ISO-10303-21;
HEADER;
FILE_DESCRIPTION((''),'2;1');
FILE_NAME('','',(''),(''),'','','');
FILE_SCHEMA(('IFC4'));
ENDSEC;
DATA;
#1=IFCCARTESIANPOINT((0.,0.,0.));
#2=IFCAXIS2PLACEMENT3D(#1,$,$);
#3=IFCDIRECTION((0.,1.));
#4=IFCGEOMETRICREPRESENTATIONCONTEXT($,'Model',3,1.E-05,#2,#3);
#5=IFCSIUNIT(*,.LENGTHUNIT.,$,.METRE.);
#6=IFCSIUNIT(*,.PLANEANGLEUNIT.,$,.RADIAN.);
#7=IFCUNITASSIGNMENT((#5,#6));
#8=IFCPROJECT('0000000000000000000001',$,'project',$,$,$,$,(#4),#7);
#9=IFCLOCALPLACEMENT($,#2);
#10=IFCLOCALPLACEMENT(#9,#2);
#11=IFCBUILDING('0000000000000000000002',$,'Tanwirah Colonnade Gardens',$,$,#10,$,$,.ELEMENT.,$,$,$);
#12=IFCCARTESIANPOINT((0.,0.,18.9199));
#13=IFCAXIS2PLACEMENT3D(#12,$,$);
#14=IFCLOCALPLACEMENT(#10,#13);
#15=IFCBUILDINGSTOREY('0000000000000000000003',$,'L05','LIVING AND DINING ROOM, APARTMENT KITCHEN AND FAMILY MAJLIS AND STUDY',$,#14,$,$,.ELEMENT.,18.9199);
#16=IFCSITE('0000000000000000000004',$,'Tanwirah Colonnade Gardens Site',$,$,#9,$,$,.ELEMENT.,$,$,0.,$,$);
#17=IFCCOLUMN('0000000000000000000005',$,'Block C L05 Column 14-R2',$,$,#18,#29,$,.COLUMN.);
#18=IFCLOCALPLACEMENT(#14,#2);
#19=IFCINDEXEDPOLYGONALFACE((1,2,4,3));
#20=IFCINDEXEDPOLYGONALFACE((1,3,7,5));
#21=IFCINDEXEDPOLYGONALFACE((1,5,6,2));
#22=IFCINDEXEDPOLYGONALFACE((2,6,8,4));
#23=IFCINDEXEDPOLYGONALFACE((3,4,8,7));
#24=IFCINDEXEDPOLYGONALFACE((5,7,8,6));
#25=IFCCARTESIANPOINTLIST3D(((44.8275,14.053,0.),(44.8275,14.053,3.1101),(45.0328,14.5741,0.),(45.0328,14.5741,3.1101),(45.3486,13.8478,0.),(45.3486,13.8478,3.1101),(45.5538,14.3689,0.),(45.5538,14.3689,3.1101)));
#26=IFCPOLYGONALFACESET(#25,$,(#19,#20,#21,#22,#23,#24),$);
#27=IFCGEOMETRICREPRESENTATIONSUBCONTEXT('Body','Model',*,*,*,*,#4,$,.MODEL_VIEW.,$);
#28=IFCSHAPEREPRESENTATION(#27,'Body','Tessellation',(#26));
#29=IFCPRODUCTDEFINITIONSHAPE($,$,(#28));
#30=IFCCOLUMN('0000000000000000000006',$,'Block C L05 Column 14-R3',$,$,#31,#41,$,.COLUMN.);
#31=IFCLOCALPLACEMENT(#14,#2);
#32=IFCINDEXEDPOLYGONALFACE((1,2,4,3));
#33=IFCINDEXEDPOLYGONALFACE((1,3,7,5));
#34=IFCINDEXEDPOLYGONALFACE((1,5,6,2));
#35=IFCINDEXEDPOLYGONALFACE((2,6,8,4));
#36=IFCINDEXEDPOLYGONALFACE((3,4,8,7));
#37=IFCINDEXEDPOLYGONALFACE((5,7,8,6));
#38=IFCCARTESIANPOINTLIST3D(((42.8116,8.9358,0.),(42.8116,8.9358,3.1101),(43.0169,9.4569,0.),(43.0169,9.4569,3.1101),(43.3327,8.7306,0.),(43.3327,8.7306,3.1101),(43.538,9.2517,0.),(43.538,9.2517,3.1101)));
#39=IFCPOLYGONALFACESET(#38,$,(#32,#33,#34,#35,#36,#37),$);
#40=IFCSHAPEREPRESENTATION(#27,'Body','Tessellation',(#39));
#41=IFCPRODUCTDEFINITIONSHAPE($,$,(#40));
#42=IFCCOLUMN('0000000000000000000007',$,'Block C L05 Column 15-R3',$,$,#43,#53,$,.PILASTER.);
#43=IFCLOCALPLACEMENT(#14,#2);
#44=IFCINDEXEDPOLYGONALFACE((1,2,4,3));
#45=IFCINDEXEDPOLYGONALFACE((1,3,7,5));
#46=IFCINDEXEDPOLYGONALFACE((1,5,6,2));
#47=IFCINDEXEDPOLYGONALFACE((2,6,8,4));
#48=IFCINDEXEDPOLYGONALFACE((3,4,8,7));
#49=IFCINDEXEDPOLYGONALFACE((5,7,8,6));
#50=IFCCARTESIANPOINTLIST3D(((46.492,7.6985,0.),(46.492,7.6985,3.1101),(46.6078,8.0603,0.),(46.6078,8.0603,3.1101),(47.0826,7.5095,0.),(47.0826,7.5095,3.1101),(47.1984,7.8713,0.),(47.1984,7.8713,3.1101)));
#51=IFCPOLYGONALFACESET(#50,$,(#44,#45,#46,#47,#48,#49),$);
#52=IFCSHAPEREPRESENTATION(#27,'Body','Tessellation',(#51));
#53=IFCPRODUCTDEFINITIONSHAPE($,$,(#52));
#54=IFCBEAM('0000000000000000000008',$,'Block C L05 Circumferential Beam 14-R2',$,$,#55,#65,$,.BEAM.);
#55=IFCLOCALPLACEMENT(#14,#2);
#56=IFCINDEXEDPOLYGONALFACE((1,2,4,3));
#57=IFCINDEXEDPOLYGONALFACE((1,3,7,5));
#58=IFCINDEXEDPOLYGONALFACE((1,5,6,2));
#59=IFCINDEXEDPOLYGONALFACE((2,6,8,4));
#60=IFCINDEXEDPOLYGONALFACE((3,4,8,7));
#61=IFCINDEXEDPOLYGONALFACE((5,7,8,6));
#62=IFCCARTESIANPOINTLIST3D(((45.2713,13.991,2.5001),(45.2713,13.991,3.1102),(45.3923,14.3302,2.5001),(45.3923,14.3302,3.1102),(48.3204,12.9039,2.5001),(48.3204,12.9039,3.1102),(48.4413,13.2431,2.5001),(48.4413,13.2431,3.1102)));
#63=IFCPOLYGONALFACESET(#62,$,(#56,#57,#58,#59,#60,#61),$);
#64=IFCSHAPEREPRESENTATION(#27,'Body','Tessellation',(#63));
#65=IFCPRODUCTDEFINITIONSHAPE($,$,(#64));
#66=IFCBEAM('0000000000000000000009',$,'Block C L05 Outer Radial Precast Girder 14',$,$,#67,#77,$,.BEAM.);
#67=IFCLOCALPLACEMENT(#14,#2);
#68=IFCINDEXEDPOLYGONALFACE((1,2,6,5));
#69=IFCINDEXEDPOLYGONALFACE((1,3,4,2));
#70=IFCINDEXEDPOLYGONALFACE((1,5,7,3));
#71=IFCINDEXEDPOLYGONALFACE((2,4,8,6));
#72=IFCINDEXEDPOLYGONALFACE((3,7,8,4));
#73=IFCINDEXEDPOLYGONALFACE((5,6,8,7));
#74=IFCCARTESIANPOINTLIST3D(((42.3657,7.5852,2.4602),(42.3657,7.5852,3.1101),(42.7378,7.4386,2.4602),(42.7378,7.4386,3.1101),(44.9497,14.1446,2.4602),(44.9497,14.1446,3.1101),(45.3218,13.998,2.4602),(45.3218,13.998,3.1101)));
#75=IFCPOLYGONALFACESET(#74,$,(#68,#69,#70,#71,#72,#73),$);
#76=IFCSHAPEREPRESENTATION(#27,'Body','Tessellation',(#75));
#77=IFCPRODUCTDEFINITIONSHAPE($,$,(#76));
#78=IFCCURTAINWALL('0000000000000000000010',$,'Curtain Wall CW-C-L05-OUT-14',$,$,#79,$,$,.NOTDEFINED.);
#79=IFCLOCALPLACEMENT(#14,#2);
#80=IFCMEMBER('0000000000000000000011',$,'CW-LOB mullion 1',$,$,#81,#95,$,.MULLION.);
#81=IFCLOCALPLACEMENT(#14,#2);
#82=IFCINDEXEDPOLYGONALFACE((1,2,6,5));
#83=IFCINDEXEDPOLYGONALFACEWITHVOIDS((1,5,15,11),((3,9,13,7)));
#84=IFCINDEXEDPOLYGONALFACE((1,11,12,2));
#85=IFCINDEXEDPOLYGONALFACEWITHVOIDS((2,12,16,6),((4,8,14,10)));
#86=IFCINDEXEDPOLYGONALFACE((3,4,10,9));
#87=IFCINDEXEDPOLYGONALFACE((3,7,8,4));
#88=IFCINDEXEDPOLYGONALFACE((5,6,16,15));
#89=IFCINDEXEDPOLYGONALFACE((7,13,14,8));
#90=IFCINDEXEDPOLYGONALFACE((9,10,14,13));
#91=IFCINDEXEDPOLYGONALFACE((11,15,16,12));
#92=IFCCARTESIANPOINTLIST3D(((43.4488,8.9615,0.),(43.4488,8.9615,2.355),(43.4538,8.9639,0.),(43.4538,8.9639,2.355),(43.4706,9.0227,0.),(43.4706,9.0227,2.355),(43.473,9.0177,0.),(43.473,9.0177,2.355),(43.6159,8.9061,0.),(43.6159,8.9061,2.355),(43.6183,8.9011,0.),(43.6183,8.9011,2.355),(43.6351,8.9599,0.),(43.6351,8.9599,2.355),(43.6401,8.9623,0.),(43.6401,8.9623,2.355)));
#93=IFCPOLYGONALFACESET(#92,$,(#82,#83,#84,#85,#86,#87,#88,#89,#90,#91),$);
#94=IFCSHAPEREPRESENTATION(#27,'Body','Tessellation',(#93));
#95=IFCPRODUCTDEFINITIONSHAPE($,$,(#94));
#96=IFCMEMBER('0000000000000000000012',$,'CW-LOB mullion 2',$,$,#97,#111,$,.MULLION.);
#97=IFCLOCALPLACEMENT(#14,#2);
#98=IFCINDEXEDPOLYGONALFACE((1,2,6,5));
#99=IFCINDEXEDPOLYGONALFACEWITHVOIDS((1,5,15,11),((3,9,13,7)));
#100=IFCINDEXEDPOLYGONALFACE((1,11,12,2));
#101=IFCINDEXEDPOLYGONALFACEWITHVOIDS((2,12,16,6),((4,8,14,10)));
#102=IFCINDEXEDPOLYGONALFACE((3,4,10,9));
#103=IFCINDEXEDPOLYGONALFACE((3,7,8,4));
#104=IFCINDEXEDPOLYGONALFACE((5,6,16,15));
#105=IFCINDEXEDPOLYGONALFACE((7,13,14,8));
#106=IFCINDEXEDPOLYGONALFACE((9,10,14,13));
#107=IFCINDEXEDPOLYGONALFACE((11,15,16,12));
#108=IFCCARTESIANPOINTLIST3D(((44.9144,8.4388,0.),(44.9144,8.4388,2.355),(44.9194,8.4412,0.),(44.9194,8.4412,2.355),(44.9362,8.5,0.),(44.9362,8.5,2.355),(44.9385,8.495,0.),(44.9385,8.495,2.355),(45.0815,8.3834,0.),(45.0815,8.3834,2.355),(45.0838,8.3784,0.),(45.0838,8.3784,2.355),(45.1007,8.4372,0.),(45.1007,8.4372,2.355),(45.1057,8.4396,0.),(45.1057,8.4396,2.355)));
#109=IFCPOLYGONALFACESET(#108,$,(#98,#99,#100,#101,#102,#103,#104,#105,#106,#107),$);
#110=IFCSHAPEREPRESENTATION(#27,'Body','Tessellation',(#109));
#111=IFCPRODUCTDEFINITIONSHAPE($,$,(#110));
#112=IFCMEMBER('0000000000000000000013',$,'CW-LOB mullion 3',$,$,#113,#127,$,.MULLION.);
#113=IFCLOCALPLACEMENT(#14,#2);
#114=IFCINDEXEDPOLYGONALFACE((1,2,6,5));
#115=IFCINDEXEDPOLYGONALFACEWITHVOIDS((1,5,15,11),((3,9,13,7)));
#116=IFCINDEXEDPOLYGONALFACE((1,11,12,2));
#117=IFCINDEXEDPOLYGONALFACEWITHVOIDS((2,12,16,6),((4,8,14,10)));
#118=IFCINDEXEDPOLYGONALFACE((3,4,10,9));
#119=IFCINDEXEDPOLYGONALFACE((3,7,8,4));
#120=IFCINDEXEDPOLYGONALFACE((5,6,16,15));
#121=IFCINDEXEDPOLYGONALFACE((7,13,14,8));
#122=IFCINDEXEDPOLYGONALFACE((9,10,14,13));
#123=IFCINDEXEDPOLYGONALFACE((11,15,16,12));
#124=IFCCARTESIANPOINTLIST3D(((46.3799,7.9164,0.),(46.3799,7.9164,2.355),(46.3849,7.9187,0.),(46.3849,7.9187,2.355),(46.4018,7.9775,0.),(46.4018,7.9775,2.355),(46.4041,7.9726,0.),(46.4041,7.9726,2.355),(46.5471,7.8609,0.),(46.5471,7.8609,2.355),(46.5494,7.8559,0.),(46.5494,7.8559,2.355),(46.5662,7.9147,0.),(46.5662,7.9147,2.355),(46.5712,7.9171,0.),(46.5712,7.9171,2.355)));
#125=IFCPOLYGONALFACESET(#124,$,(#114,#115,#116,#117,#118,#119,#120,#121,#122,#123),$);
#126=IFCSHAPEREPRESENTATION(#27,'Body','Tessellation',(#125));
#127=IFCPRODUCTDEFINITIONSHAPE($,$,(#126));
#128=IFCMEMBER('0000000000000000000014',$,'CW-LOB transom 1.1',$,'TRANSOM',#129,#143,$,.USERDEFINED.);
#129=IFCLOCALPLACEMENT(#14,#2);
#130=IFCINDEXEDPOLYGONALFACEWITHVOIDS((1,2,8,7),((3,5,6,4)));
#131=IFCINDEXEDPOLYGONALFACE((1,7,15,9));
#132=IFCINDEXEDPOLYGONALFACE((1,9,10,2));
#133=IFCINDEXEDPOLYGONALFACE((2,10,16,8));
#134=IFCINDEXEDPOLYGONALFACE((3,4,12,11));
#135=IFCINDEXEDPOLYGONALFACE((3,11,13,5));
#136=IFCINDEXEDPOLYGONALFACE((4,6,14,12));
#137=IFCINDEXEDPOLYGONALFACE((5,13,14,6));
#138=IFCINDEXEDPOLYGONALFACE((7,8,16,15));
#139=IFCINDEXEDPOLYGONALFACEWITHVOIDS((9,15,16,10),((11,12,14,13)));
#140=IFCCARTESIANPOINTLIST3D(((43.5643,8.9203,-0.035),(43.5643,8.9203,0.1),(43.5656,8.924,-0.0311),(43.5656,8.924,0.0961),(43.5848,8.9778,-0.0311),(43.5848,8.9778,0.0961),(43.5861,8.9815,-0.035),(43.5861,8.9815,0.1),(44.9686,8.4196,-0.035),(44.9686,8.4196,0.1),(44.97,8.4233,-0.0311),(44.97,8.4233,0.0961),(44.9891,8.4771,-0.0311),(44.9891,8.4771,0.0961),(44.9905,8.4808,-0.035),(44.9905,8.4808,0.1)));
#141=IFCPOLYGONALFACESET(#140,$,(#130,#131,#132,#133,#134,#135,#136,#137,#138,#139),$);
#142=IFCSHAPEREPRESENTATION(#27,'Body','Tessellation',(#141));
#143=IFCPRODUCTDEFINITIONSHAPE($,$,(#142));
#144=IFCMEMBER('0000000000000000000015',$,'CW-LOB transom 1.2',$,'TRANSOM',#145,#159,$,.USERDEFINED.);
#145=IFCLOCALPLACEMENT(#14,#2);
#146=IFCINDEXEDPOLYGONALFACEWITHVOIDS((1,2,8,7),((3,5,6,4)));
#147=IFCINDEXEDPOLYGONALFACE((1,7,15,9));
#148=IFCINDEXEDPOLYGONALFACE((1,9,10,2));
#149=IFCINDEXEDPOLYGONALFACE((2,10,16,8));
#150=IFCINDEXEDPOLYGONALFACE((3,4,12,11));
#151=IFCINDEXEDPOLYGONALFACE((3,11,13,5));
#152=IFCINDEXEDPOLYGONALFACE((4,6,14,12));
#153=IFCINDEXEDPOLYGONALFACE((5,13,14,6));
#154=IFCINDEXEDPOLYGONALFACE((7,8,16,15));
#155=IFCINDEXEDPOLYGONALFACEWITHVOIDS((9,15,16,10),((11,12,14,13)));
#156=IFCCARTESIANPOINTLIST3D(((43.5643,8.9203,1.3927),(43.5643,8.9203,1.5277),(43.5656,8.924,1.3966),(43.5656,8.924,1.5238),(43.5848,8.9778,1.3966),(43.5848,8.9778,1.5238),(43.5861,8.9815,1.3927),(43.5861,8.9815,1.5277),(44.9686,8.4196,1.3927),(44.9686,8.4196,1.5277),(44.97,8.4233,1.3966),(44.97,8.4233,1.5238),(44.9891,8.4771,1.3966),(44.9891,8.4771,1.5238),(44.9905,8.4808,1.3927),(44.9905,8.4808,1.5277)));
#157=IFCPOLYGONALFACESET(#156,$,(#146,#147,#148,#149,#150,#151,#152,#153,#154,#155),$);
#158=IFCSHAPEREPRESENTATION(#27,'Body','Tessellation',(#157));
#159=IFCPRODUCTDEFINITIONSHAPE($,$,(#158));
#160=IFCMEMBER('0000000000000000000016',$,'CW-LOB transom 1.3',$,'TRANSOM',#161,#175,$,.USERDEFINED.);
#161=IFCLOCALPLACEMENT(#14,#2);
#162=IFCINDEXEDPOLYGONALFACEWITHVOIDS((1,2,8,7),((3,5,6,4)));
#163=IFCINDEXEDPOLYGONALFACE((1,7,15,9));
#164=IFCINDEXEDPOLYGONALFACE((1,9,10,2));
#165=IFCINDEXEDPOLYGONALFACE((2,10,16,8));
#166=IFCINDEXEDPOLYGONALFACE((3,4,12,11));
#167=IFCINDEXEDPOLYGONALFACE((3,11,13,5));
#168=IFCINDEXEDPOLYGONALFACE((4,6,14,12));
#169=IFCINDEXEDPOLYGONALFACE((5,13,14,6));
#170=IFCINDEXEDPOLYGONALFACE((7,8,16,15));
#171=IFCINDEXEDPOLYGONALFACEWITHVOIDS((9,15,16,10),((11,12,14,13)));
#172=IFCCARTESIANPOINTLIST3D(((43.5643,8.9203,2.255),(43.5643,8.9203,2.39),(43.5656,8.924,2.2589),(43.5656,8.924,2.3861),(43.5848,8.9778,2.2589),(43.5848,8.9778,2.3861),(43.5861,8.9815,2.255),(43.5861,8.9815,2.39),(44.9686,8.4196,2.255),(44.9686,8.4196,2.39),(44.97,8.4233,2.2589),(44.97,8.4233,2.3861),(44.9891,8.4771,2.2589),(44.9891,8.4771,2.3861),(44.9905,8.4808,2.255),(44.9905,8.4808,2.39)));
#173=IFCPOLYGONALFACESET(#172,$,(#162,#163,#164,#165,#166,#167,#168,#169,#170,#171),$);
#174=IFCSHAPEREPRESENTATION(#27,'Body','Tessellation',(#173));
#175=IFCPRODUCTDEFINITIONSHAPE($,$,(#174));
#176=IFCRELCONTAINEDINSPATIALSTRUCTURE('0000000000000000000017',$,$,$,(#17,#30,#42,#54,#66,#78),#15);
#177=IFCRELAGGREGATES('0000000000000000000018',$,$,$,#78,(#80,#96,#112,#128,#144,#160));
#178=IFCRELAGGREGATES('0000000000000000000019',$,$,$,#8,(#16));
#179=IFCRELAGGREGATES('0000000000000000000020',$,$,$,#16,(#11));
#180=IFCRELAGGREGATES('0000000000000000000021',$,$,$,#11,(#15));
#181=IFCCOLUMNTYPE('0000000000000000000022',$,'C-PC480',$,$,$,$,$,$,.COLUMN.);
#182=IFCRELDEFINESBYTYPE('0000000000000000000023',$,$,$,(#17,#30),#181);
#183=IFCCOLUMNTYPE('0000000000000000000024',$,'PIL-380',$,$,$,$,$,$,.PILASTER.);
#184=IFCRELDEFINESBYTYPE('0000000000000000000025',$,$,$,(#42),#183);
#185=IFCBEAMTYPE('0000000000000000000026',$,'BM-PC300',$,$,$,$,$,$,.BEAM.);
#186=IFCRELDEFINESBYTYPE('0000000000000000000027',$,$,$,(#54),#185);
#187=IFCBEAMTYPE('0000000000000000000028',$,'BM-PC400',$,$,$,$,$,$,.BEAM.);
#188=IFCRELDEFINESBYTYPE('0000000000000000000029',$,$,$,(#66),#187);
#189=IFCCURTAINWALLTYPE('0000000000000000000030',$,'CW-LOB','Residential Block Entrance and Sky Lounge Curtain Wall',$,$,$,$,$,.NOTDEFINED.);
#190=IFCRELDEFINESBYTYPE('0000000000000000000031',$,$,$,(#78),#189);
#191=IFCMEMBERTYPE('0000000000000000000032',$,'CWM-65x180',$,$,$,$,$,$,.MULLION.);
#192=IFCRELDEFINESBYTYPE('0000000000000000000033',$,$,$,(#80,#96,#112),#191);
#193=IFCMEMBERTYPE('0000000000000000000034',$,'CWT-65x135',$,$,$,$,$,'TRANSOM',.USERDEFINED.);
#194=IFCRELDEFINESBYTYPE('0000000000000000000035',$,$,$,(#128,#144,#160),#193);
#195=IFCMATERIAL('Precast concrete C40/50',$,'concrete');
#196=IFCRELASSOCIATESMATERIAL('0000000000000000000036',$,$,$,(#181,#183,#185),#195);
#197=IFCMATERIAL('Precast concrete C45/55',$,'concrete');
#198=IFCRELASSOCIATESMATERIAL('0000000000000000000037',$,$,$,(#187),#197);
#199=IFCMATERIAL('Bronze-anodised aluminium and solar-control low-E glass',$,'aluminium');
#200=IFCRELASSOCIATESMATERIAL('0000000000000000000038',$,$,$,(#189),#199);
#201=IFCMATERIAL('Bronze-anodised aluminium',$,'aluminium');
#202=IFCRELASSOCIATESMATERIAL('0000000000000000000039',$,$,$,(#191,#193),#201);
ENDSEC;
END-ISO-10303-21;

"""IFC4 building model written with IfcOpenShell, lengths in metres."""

from ifc_helpers import new_model, si_unit, direction, frame, origin, origin_2d, place, context, subcontext, project, spatial, rectangle, hollow_rectangle, extrude, material, material_profile, profile_set, type_object, element, aggregate, save


model = new_model("IFC4")

# Units and contexts
model_context = context("Model", 3, precision=1e-05, world=origin(), true_north=direction((0.0, 1.0)))
body_context = subcontext(model_context, "Body", "Model", "MODEL_VIEW")
ifc_project = project(units=[si_unit("LENGTHUNIT", "METRE"), si_unit("PLANEANGLEUNIT", "RADIAN")], contexts=[model_context])

# Site, building, storey
site_placement = place(None, origin())
site = spatial("IfcSite", under=ifc_project, at=site_placement, Name="Tanwirah Colonnade Gardens Site", CompositionType="ELEMENT", RefElevation=0.0)
building_placement = place(site_placement, origin())
building = spatial("IfcBuilding", under=site, at=building_placement, Name="Tanwirah Colonnade Gardens", CompositionType="ELEMENT")
storey_placement = place(building_placement, frame((0.0, 0.0, 18.9199)))
storey = spatial("IfcBuildingStorey", under=building, at=storey_placement, Name="L05", Description="LIVING AND DINING ROOM, APARTMENT KITCHEN AND FAMILY MAJLIS AND STUDY", CompositionType="ELEMENT", Elevation=18.9199)

# Columns
ifc_material_1 = material(Name="Precast concrete C40/50", Category="concrete")
ifc_material_profile_1 = material_profile(ifc_material_1, rectangle(XDim=0.5601, YDim=0.5601, at=origin_2d()), Name="PC-COL 560x560")
ifc_profile_set_1 = profile_set([ifc_material_profile_1], Name="Precast concrete C40/50")
column_type_1 = type_object("IfcColumnType", Name="C-PC480", PredefinedType="COLUMN", material=ifc_profile_set_1)
for number, where, z_axis, x_axis, name in (
    (1, (45.1907, 14.2109, 0.0), (0.0, 0.0, 1.0), (-0.366501, -0.930418, 0.0), "Block C L05 Column 14-R2"),
    (2, (43.1748, 9.0938, 0.0), (0.0, 0.0, 1.0), (-0.366501, -0.930418, 0.0), "Block C L05 Column 14-R3"),
):
    element("IfcColumn", number, at=place(storey_placement, frame(where, z_axis=z_axis, x_axis=x_axis)), inside=storey, type_object=column_type_1, Name=name, PredefinedType="COLUMN", context=body_context, shape_type="SweptSolid", body=[
        extrude(rectangle(XDim=0.5601, YDim=0.5601, at=origin_2d()), origin(), (0.0, 0.0, 1.0), 3.1101),
    ])
ifc_material_profile_2 = material_profile(ifc_material_1, rectangle(XDim=0.3799, YDim=0.6201, at=origin_2d()), Name="PC-PIL 380x620")
ifc_profile_set_2 = profile_set([ifc_material_profile_2], Name="Precast concrete C40/50")
column_type_2 = type_object("IfcColumnType", Name="PIL-380", PredefinedType="PILASTER", material=ifc_profile_set_2)
column_placement = place(storey_placement, frame((46.8452, 7.7849, 0.0), z_axis=(0.0, 0.0, 1.0), x_axis=(-0.304864, -0.952396, 0.0)))
element("IfcColumn", 3, at=column_placement, inside=storey, type_object=column_type_2, Name="Block C L05 Column 15-R3", PredefinedType="PILASTER", context=body_context, shape_type="SweptSolid", body=[
    extrude(rectangle(XDim=0.3799, YDim=0.6201, at=origin_2d()), origin(), (0.0, 0.0, 1.0), 3.1101),
])

# Beams
ifc_material_profile_3 = material_profile(ifc_material_1, rectangle(XDim=0.3601, YDim=0.6101, at=origin_2d()), Name="PC-BM 360x610")
ifc_profile_set_3 = profile_set([ifc_material_profile_3], Name="Precast concrete C40/50")
beam_type_1 = type_object("IfcBeamType", Name="BM-PC300", PredefinedType="BEAM", material=ifc_profile_set_3)
beam_1_placement = place(storey_placement, frame((45.3318, 14.1606, 2.8052), z_axis=(0.941918, -0.335844, 0.0), x_axis=(0.335844, 0.941918, 0.0)))
element("IfcBeam", 4, at=beam_1_placement, inside=storey, type_object=beam_type_1, Name="Block C L05 Circumferential Beam 14-R2", PredefinedType="BEAM", context=body_context, shape_type="SweptSolid", body=[
    extrude(rectangle(XDim=0.3601, YDim=0.6101, at=origin_2d()), origin(), (0.0, 0.0, 1.0), 3.2371),
])
ifc_material_2 = material(Name="Precast concrete C45/55", Category="concrete")
ifc_material_profile_4 = material_profile(ifc_material_2, rectangle(XDim=0.3999, YDim=0.6499, at=origin_2d()), Name="PC-BM 400x650")
ifc_profile_set_4 = profile_set([ifc_material_profile_4], Name="Precast concrete C45/55")
beam_type_2 = type_object("IfcBeamType", Name="BM-PC400", PredefinedType="BEAM", material=ifc_profile_set_4)
beam_2_placement = place(storey_placement, frame((45.1357, 14.0713, 2.7852), z_axis=(-0.366525, -0.930408, 0.0), x_axis=(0.930408, -0.366525, 0.0)))
element("IfcBeam", 5, at=beam_2_placement, inside=storey, type_object=beam_type_2, Name="Block C L05 Outer Radial Precast Girder 14", PredefinedType="BEAM", context=body_context, shape_type="SweptSolid", body=[
    extrude(rectangle(XDim=0.3999, YDim=0.6499, at=origin_2d()), origin(), (0.0, 0.0, 1.0), 7.05),
])

# Curtain wall, members
ifc_material_3 = material(Name="Bronze-anodised aluminium and solar-control low-E glass", Category="aluminium")
curtain_wall_type = type_object("IfcCurtainWallType", Name="CW-LOB", Description="Residential Block Entrance and Sky Lounge Curtain Wall", PredefinedType="NOTDEFINED", material=ifc_material_3)
curtain_wall_placement = place(storey_placement, origin())
curtain_wall = element("IfcCurtainWall", 6, at=curtain_wall_placement, inside=storey, type_object=curtain_wall_type, Name="Curtain Wall CW-C-L05-OUT-14", PredefinedType="NOTDEFINED")
ifc_material_4 = material(Name="Bronze-anodised aluminium", Category="aluminium")
ifc_material_profile_5 = material_profile(ifc_material_4, hollow_rectangle(XDim=0.0649, YDim=0.1799, WallThickness=0.0039, at=origin_2d()), Name="CW-MUL 65x180x4")
ifc_profile_set_5 = profile_set([ifc_material_profile_5], Name="Bronze-anodised aluminium")
member_type_1 = type_object("IfcMemberType", Name="CWM-65x180", PredefinedType="MULLION", material=ifc_profile_set_5)
member_1_placement = place(storey_placement, frame((43.5444, 8.9619, 0.0), z_axis=(0.0, 0.0, 1.0), x_axis=(0.335862, 0.941911, 0.0)))
member_1 = element("IfcMember", 7, at=member_1_placement, type_object=member_type_1, Name="CW-LOB mullion 1", PredefinedType="MULLION", context=body_context, shape_type="SweptSolid", body=[
    extrude(hollow_rectangle(XDim=0.0649, YDim=0.1799, WallThickness=0.0039, at=origin_2d()), origin(), (0.0, 0.0, 1.0), 2.355),
])
member_2_placement = place(storey_placement, frame((45.01, 8.4392, 0.0), z_axis=(0.0, 0.0, 1.0), x_axis=(0.335862, 0.941911, 0.0)))
member_2 = element("IfcMember", 8, at=member_2_placement, type_object=member_type_1, Name="CW-LOB mullion 2", PredefinedType="MULLION", context=body_context, shape_type="SweptSolid", body=[
    extrude(hollow_rectangle(XDim=0.0649, YDim=0.1799, WallThickness=0.0039, at=origin_2d()), origin(), (0.0, 0.0, 1.0), 2.355),
])
member_3_placement = place(storey_placement, frame((46.4756, 7.9167, 0.0), z_axis=(0.0, 0.0, 1.0), x_axis=(0.335862, 0.941911, 0.0)))
member_3 = element("IfcMember", 9, at=member_3_placement, type_object=member_type_1, Name="CW-LOB mullion 3", PredefinedType="MULLION", context=body_context, shape_type="SweptSolid", body=[
    extrude(hollow_rectangle(XDim=0.0649, YDim=0.1799, WallThickness=0.0039, at=origin_2d()), origin(), (0.0, 0.0, 1.0), 2.355),
])
ifc_material_profile_6 = material_profile(ifc_material_4, hollow_rectangle(XDim=0.0649, YDim=0.135, WallThickness=0.0039, at=origin_2d()), Name="CW-TRN 65x135x4")
ifc_profile_set_6 = profile_set([ifc_material_profile_6], Name="Bronze-anodised aluminium")
member_type_2 = type_object("IfcMemberType", Name="CWT-65x135", ElementType="TRANSOM", PredefinedType="USERDEFINED", material=ifc_profile_set_6)
member_4_placement = place(storey_placement, frame((43.5752, 8.9509, 0.0325), z_axis=(0.941912, -0.335859, 0.0), x_axis=(0.335859, 0.941912, 0.0)))
member_4 = element("IfcMember", 10, at=member_4_placement, type_object=member_type_2, Name="CW-LOB transom 1.1", ObjectType="TRANSOM", PredefinedType="USERDEFINED", context=body_context, shape_type="SweptSolid", body=[
    extrude(hollow_rectangle(XDim=0.0649, YDim=0.135, WallThickness=0.0039, at=origin_2d()), origin(), (0.0, 0.0, 1.0), 1.491),
])
member_5_placement = place(storey_placement, frame((43.5752, 8.9509, 1.4602), z_axis=(0.941912, -0.335859, 0.0), x_axis=(0.335859, 0.941912, 0.0)))
member_5 = element("IfcMember", 11, at=member_5_placement, type_object=member_type_2, Name="CW-LOB transom 1.2", ObjectType="TRANSOM", PredefinedType="USERDEFINED", context=body_context, shape_type="SweptSolid", body=[
    extrude(hollow_rectangle(XDim=0.0649, YDim=0.135, WallThickness=0.0039, at=origin_2d()), origin(), (0.0, 0.0, 1.0), 1.491),
])
member_6_placement = place(storey_placement, frame((43.5752, 8.9509, 2.3225), z_axis=(0.941912, -0.335859, 0.0), x_axis=(0.335859, 0.941912, 0.0)))
member_6 = element("IfcMember", 12, at=member_6_placement, type_object=member_type_2, Name="CW-LOB transom 1.3", ObjectType="TRANSOM", PredefinedType="USERDEFINED", context=body_context, shape_type="SweptSolid", body=[
    extrude(hollow_rectangle(XDim=0.0649, YDim=0.135, WallThickness=0.0039, at=origin_2d()), origin(), (0.0, 0.0, 1.0), 1.491),
])

aggregate(curtain_wall, [member_1, member_2, member_3, member_4, member_5, member_6])

save(model, "model.ifc")
